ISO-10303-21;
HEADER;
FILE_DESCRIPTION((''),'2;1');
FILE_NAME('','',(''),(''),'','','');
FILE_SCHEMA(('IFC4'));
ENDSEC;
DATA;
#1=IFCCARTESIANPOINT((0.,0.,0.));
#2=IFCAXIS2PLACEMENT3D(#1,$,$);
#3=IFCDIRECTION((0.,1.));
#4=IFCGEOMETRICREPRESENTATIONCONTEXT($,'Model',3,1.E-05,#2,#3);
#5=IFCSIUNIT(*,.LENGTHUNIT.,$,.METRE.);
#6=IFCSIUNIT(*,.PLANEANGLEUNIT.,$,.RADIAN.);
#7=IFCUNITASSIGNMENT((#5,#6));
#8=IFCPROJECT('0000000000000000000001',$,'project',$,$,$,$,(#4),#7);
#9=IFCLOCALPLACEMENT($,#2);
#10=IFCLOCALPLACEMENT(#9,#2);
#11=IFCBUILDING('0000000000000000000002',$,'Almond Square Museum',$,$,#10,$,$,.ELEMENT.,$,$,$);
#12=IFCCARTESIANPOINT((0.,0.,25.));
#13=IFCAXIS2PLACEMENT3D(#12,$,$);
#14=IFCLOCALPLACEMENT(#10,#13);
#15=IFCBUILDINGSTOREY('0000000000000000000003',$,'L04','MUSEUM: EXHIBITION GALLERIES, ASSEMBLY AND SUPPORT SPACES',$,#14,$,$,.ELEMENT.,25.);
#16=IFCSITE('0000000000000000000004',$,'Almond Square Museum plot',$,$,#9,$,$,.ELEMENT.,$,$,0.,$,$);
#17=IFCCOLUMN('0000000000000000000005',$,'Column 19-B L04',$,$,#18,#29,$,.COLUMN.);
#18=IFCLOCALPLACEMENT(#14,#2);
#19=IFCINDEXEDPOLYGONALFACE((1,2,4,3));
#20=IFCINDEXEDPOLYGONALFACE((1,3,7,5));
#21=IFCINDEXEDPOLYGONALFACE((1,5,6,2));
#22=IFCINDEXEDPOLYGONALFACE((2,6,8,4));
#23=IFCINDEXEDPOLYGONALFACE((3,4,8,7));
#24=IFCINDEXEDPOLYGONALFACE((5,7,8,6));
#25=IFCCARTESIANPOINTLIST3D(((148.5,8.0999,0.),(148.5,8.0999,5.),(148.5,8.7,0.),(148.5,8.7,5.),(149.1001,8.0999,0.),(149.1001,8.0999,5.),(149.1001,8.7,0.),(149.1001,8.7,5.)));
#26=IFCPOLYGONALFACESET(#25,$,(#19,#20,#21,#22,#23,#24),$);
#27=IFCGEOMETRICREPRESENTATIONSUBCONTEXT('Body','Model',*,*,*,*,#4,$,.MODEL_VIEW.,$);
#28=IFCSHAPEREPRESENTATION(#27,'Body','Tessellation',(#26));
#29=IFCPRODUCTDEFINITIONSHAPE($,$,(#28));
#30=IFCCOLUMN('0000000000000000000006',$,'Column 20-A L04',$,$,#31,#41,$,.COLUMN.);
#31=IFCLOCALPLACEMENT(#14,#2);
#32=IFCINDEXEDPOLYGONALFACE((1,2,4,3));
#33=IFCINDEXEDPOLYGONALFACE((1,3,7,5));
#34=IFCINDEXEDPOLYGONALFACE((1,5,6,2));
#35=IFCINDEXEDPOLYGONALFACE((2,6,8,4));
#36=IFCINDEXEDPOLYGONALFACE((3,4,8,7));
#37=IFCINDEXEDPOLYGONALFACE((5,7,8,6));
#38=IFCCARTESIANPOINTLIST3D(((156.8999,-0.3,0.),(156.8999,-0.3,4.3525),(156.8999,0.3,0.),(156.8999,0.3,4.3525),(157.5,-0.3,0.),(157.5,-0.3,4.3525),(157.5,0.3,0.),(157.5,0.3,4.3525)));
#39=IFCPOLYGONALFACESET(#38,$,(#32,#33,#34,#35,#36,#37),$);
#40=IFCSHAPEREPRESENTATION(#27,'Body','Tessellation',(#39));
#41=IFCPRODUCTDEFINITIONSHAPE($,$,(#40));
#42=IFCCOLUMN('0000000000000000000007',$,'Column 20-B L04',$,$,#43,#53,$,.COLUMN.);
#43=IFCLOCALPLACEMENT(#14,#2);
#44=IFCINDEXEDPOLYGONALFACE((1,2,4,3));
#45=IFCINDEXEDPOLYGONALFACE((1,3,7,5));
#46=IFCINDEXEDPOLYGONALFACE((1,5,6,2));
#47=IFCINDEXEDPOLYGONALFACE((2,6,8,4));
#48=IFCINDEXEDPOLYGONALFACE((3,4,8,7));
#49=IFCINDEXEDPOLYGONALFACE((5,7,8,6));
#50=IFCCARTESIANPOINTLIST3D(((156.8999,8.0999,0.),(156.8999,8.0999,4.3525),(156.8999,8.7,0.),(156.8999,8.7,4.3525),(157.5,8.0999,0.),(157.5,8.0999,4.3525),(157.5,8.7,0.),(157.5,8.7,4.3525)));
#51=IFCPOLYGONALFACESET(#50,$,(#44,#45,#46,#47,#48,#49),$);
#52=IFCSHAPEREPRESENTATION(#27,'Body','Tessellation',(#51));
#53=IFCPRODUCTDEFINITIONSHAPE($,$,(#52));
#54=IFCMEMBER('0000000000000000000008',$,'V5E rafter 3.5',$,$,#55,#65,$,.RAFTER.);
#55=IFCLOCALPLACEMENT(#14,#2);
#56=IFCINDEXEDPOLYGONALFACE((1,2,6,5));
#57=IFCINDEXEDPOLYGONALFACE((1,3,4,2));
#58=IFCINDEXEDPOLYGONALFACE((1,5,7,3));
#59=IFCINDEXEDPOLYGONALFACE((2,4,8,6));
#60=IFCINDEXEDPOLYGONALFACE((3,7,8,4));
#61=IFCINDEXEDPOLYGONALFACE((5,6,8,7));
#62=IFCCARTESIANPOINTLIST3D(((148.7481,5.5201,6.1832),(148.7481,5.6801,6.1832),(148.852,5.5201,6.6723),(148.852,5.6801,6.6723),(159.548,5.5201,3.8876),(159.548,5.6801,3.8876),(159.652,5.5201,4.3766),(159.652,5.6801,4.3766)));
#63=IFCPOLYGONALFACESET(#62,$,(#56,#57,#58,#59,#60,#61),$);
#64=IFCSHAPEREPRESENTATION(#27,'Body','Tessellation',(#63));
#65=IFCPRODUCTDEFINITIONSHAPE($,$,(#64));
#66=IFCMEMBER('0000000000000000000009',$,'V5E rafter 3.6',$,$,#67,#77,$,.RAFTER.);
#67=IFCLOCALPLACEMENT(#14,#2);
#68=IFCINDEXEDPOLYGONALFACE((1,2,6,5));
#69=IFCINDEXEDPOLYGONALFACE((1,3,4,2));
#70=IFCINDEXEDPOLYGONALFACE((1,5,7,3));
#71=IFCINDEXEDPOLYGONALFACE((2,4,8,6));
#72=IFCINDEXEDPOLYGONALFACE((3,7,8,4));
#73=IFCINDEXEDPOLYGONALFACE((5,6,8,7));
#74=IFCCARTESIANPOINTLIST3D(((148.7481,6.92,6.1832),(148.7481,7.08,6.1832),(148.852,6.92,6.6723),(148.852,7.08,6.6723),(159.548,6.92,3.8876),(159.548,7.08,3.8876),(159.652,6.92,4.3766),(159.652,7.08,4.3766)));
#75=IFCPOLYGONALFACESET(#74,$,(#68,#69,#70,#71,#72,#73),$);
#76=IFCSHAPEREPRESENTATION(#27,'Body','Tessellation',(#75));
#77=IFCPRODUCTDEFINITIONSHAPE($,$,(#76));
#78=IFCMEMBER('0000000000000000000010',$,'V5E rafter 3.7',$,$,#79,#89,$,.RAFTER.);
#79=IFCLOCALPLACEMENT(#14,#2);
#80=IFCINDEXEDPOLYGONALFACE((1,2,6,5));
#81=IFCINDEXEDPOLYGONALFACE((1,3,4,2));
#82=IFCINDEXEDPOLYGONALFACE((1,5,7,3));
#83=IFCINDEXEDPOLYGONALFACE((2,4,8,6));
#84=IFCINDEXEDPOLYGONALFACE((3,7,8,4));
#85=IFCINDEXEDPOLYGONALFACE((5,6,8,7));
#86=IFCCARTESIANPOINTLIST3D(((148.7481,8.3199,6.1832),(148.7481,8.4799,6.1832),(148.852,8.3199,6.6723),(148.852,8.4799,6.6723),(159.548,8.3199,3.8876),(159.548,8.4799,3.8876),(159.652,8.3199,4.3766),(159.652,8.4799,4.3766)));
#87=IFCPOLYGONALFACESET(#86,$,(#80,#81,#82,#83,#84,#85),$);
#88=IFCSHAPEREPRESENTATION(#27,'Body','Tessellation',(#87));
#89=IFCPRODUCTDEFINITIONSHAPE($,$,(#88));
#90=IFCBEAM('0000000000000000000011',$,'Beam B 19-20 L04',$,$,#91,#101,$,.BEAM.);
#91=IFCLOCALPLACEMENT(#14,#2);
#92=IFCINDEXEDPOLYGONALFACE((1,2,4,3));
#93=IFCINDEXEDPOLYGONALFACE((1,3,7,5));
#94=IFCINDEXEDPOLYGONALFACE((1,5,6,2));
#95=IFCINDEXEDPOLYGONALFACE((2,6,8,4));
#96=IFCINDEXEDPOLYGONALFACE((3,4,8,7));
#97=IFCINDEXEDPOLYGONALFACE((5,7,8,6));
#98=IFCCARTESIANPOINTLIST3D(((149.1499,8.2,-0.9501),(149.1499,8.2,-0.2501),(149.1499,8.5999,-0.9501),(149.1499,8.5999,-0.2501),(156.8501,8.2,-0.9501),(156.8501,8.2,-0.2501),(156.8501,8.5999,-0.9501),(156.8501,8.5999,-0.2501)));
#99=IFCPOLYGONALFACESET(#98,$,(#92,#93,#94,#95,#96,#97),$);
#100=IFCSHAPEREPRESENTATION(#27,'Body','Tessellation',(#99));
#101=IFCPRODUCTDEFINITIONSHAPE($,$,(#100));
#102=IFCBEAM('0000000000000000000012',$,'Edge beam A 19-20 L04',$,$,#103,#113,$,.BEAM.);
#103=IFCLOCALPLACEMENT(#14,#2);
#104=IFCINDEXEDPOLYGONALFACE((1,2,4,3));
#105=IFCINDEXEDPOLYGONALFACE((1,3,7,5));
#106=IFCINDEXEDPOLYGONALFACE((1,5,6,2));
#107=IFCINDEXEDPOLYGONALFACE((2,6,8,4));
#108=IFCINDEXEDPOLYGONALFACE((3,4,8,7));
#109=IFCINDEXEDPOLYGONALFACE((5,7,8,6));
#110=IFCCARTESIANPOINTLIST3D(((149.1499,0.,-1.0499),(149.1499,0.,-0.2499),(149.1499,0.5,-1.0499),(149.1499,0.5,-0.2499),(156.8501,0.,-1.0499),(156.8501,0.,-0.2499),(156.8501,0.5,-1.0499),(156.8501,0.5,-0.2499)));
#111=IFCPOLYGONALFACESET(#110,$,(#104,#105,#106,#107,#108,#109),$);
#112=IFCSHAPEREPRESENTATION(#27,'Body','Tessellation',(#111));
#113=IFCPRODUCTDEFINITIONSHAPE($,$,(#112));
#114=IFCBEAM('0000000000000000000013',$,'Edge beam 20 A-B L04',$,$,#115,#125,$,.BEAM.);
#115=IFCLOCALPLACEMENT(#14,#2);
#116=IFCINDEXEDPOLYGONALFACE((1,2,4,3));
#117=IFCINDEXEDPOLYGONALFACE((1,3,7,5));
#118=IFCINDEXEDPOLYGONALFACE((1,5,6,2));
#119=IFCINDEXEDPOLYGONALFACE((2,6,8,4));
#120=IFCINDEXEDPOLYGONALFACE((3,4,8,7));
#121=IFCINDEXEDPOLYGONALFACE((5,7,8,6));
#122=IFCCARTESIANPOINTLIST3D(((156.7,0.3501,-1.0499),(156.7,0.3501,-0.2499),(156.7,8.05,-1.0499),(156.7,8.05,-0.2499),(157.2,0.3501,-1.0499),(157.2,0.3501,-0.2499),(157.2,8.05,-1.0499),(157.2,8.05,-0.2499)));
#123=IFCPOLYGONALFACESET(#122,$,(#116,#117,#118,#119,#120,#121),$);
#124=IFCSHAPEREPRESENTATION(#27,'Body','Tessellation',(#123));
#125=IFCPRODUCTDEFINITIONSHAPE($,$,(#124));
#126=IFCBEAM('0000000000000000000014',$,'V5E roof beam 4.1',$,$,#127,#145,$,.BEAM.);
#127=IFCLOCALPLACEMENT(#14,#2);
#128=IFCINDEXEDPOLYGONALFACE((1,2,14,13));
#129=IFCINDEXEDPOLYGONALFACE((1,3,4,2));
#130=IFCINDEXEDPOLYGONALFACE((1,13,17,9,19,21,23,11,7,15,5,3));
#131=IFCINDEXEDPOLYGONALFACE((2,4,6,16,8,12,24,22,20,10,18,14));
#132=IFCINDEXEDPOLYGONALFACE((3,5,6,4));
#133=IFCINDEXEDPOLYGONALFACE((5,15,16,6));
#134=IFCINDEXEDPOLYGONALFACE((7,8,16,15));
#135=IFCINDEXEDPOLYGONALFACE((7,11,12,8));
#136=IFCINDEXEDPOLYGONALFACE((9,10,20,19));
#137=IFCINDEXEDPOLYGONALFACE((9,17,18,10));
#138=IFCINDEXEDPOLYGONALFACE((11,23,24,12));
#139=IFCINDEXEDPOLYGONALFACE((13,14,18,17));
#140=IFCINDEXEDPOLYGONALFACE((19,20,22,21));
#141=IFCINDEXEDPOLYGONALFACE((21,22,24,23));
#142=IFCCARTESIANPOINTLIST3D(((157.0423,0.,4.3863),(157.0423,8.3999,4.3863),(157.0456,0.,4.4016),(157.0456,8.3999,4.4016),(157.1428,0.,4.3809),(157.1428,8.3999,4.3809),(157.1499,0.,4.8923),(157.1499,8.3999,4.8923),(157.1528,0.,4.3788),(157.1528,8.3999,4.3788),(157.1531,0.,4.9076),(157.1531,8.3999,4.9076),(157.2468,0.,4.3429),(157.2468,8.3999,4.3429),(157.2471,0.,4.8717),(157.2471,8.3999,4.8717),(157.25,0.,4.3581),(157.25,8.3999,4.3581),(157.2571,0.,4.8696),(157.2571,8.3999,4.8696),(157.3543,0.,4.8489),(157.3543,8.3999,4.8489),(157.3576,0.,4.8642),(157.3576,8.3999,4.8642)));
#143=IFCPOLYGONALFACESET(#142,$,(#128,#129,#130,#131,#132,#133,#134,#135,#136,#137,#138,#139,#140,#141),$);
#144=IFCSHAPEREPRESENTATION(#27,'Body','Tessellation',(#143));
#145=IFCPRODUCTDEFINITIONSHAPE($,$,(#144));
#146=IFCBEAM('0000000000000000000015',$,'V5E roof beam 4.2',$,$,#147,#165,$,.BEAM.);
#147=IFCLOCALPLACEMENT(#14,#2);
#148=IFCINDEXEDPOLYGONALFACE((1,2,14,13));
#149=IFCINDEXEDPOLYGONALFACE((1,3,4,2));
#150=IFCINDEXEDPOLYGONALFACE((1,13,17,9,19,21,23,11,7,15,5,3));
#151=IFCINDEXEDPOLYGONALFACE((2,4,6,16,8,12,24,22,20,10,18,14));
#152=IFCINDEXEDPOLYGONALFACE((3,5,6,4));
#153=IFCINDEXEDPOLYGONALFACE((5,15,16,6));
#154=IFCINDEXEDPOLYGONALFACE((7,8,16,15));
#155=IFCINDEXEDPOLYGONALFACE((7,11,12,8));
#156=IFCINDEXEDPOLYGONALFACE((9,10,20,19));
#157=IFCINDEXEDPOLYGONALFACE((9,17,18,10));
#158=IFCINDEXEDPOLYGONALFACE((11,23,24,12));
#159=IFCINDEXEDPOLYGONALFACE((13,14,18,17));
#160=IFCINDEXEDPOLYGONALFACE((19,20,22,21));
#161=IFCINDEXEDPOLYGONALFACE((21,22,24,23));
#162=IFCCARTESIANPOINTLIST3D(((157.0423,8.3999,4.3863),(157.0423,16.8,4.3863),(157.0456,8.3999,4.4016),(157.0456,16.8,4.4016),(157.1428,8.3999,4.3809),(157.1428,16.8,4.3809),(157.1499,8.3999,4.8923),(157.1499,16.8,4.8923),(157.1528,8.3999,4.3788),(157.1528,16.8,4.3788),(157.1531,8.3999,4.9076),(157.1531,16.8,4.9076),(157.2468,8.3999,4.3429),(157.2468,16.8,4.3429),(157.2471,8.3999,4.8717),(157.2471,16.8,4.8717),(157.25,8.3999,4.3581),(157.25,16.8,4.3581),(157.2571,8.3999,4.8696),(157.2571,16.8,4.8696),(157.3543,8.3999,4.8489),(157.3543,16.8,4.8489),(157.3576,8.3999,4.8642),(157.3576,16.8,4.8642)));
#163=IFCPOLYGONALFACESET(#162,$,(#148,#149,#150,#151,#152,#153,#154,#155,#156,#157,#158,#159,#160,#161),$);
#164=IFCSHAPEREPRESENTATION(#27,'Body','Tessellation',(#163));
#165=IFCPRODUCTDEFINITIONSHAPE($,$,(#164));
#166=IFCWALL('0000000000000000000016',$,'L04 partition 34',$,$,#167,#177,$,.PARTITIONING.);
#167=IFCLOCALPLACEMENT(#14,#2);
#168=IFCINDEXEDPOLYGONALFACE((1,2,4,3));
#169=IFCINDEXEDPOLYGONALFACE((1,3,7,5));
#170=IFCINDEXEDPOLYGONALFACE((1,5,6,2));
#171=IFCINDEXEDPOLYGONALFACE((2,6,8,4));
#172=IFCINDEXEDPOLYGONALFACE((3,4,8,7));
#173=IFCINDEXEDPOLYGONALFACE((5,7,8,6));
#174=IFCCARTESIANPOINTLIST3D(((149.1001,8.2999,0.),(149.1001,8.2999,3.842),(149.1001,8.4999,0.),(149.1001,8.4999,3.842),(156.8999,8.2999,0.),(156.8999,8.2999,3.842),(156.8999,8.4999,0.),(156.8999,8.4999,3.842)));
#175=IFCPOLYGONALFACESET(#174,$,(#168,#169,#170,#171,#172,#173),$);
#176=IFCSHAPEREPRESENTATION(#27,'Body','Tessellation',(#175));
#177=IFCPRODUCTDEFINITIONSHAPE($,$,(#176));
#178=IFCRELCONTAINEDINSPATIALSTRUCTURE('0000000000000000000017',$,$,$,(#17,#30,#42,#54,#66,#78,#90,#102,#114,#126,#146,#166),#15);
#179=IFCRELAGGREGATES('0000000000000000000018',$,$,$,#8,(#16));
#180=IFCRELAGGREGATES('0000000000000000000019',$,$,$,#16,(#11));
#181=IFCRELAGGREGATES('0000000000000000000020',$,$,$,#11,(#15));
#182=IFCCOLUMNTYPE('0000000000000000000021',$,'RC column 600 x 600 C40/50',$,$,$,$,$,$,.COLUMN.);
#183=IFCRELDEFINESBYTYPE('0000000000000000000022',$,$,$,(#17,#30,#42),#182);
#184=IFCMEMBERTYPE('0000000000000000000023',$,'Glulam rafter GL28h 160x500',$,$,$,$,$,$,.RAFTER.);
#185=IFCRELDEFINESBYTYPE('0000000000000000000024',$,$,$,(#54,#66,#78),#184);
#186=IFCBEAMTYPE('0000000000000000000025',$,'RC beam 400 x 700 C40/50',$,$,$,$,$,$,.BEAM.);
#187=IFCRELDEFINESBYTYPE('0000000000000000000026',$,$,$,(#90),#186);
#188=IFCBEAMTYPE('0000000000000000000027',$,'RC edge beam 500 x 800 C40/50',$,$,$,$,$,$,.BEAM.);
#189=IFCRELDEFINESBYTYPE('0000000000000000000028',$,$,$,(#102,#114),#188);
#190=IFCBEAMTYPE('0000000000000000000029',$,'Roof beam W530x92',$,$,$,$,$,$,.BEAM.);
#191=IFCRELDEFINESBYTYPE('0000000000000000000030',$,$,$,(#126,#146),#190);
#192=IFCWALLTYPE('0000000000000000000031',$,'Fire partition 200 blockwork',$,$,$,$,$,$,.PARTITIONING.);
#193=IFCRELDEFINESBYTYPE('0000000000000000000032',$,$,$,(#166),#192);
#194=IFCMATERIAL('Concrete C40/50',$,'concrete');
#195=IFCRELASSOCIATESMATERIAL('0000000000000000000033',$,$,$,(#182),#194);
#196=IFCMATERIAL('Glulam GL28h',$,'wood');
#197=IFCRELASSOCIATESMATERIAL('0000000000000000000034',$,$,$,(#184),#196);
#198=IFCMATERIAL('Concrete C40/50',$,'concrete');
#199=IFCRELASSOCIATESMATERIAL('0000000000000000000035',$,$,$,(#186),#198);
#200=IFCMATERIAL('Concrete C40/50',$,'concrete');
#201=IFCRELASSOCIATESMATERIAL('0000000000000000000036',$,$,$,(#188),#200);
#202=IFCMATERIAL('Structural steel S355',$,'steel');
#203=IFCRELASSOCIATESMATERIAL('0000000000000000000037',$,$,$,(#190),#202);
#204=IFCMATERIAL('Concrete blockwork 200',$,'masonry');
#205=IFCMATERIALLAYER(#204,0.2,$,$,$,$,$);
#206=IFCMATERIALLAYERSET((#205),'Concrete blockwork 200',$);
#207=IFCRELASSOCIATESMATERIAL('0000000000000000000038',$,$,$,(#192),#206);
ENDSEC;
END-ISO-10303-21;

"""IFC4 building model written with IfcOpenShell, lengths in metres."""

from ifc_helpers import new_model, si_unit, direction, frame, frame_2d, origin, origin_2d, place, context, subcontext, project, spatial, rectangle, i_section, extrude, material, layer, layer_set, material_profile, profile_set, type_object, element, save


model = new_model("IFC4")

# Units and contexts
model_context = context("Model", 3, precision=1e-05, world=origin(), true_north=direction((0.0, 1.0)))
body_context = subcontext(model_context, "Body", "Model", "MODEL_VIEW")
ifc_project = project(units=[si_unit("LENGTHUNIT", "METRE"), si_unit("PLANEANGLEUNIT", "RADIAN")], contexts=[model_context])

# Site, building, storey
site_placement = place(None, origin())
site = spatial("IfcSite", under=ifc_project, at=site_placement, Name="Almond Square Museum plot", CompositionType="ELEMENT", RefElevation=0.0)
building_placement = place(site_placement, origin())
building = spatial("IfcBuilding", under=site, at=building_placement, Name="Almond Square Museum", CompositionType="ELEMENT")
storey_placement = place(building_placement, frame((0.0, 0.0, 25.0)))
storey = spatial("IfcBuildingStorey", under=building, at=storey_placement, Name="L04", Description="MUSEUM: EXHIBITION GALLERIES, ASSEMBLY AND SUPPORT SPACES", CompositionType="ELEMENT", Elevation=25.0)

# Columns
ifc_material_1 = material(Name="Concrete C40/50", Category="concrete")
ifc_material_profile_1 = material_profile(ifc_material_1, rectangle(XDim=0.6001, YDim=0.6001, at=origin_2d()))
ifc_profile_set_1 = profile_set([ifc_material_profile_1], Name="Concrete C40/50")
column_type = type_object("IfcColumnType", Name="RC column 600 x 600 C40/50", PredefinedType="COLUMN", material=ifc_profile_set_1)
column_placement = place(storey_placement, frame((148.8, 8.3999, 0.0), z_axis=(0.0, 0.0, 1.0), x_axis=(1.0, 0.0, 0.0)))
element("IfcColumn", 1, at=column_placement, inside=storey, type_object=column_type, Name="Column 19-B L04", PredefinedType="COLUMN", context=body_context, shape_type="SweptSolid", body=[
    extrude(rectangle(XDim=0.6001, YDim=0.6001, at=origin_2d()), origin(), (0.0, 0.0, 1.0), 5.0),
])
for number, where, z_axis, x_axis, name in (
    (2, (157.2, 0.0, 0.0), (0.0, 0.0, 1.0), (1.0, 0.0, 0.0), "Column 20-A L04"),
    (3, (157.2, 8.3999, 0.0), (0.0, 0.0, 1.0), (1.0, 0.0, 0.0), "Column 20-B L04"),
):
    element("IfcColumn", number, at=place(storey_placement, frame(where, z_axis=z_axis, x_axis=x_axis)), inside=storey, type_object=column_type, Name=name, PredefinedType="COLUMN", context=body_context, shape_type="SweptSolid", body=[
        extrude(rectangle(XDim=0.6001, YDim=0.6001, at=origin_2d()), origin(), (0.0, 0.0, 1.0), 4.3525),
    ])

# Members
ifc_material_2 = material(Name="Glulam GL28h", Category="wood")
ifc_material_profile_2 = material_profile(ifc_material_2, rectangle(XDim=0.1599, YDim=0.5, at=origin_2d()))
ifc_profile_set_2 = profile_set([ifc_material_profile_2], Name="Glulam GL28h")
member_type = type_object("IfcMemberType", Name="Glulam rafter GL28h 160x500", PredefinedType="RAFTER", material=ifc_profile_set_2)
for number, where, z_axis, x_axis, name in (
    (4, (148.8, 5.6001, 6.4277), (0.978147, 0.0, -0.207915), (0.0, 1.0, 0.0), "V5E rafter 3.5"),
    (5, (148.8, 7.0, 6.4277), (0.978147, 0.0, -0.207915), (0.0, 1.0, 0.0), "V5E rafter 3.6"),
    (6, (148.8, 8.3999, 6.4277), (0.978147, 0.0, -0.207915), (0.0, 1.0, 0.0), "V5E rafter 3.7"),
):
    element("IfcMember", number, at=place(storey_placement, frame(where, z_axis=z_axis, x_axis=x_axis)), inside=storey, type_object=member_type, Name=name, PredefinedType="RAFTER", context=body_context, shape_type="SweptSolid", body=[
        extrude(rectangle(XDim=0.1599, YDim=0.5, at=origin_2d()), origin(), (0.0, 0.0, 1.0), 11.0413),
    ])

# Beams
ifc_material_3 = material(Name="Concrete C40/50", Category="concrete")
ifc_material_profile_3 = material_profile(ifc_material_3, rectangle(XDim=0.3999, YDim=0.7, at=origin_2d()))
ifc_profile_set_3 = profile_set([ifc_material_profile_3], Name="Concrete C40/50")
beam_type_1 = type_object("IfcBeamType", Name="RC beam 400 x 700 C40/50", PredefinedType="BEAM", material=ifc_profile_set_3)
beam_1_placement = place(storey_placement, frame((149.1499, 8.3999, -0.6001), z_axis=(1.0, 0.0, 0.0), x_axis=(0.0, 1.0, 0.0)))
element("IfcBeam", 7, at=beam_1_placement, inside=storey, type_object=beam_type_1, Name="Beam B 19-20 L04", PredefinedType="BEAM", context=body_context, shape_type="SweptSolid", body=[
    extrude(rectangle(XDim=0.3999, YDim=0.7, at=origin_2d()), origin(), (0.0, 0.0, 1.0), 7.7002),
])
ifc_material_4 = material(Name="Concrete C40/50", Category="concrete")
ifc_material_profile_4 = material_profile(ifc_material_4, rectangle(XDim=0.5, YDim=0.8, at=origin_2d()))
ifc_profile_set_4 = profile_set([ifc_material_profile_4], Name="Concrete C40/50")
beam_type_2 = type_object("IfcBeamType", Name="RC edge beam 500 x 800 C40/50", PredefinedType="BEAM", material=ifc_profile_set_4)
beam_2_placement = place(storey_placement, frame((149.1499, 0.25, -0.6499), z_axis=(1.0, 0.0, 0.0), x_axis=(0.0, 1.0, 0.0)))
element("IfcBeam", 8, at=beam_2_placement, inside=storey, type_object=beam_type_2, Name="Edge beam A 19-20 L04", PredefinedType="BEAM", context=body_context, shape_type="SweptSolid", body=[
    extrude(rectangle(XDim=0.5, YDim=0.8, at=origin_2d()), origin(), (0.0, 0.0, 1.0), 7.7002),
])
beam_3_placement = place(storey_placement, frame((156.95, 0.3501, -0.6499), z_axis=(0.0, 1.0, 0.0), x_axis=(-1.0, 0.0, 0.0)))
element("IfcBeam", 9, at=beam_3_placement, inside=storey, type_object=beam_type_2, Name="Edge beam 20 A-B L04", PredefinedType="BEAM", context=body_context, shape_type="SweptSolid", body=[
    extrude(rectangle(XDim=0.5, YDim=0.8, at=origin_2d()), origin(), (0.0, 0.0, 1.0), 7.7),
])
ifc_material_5 = material(Name="Structural steel S355", Category="steel")
ifc_material_profile_5 = material_profile(ifc_material_5, i_section(OverallWidth=0.209, OverallDepth=0.533, WebThickness=0.0103, FlangeThickness=0.0156, at=origin_2d()))
ifc_profile_set_5 = profile_set([ifc_material_profile_5], Name="Structural steel S355")
beam_type_3 = type_object("IfcBeamType", Name="Roof beam W530x92", PredefinedType="BEAM", material=ifc_profile_set_5)
beam_4_placement = place(storey_placement, frame((157.2, 0.0, 4.6252), z_axis=(0.0, 1.0, 0.0), x_axis=(-0.978148, 0.0, 0.207912)))
element("IfcBeam", 10, at=beam_4_placement, inside=storey, type_object=beam_type_3, Name="V5E roof beam 4.1", PredefinedType="BEAM", context=body_context, shape_type="SweptSolid", body=[
    extrude(i_section(OverallWidth=0.209, OverallDepth=0.533, WebThickness=0.0103, FlangeThickness=0.0156, at=origin_2d()), origin(), (0.0, 0.0, 1.0), 8.3999),
])
beam_5_placement = place(storey_placement, frame((157.2, 8.3999, 4.6252), z_axis=(0.0, 1.0, 0.0), x_axis=(-0.978148, 0.0, 0.207912)))
element("IfcBeam", 11, at=beam_5_placement, inside=storey, type_object=beam_type_3, Name="V5E roof beam 4.2", PredefinedType="BEAM", context=body_context, shape_type="SweptSolid", body=[
    extrude(i_section(OverallWidth=0.209, OverallDepth=0.533, WebThickness=0.0103, FlangeThickness=0.0156, at=origin_2d()), origin(), (0.0, 0.0, 1.0), 8.4001),
])

# Wall
ifc_material_6 = material(Name="Concrete blockwork 200", Category="masonry")
ifc_layer_1 = layer(ifc_material_6, 0.2)
ifc_layer_set_1 = layer_set([ifc_layer_1], Name="Concrete blockwork 200")
wall_type_1 = type_object("IfcWallType", Name="Fire partition 200 blockwork", PredefinedType="PARTITIONING", material=ifc_layer_set_1)
wall_1_placement = place(storey_placement, frame((149.1001, 8.3999, 0.0), z_axis=(0.0, 0.0, 1.0), x_axis=(1.0, 0.0, 0.0)))
element("IfcWall", 12, at=wall_1_placement, inside=storey, type_object=wall_type_1, Name="L04 partition 34", PredefinedType="PARTITIONING", context=body_context, shape_type="SweptSolid", body=[
    extrude(rectangle(XDim=7.7998, YDim=0.2, at=frame_2d((3.8999, 0.0))), origin(), (0.0, 0.0, 1.0), 3.842),
])

save(model, "model.ifc")
